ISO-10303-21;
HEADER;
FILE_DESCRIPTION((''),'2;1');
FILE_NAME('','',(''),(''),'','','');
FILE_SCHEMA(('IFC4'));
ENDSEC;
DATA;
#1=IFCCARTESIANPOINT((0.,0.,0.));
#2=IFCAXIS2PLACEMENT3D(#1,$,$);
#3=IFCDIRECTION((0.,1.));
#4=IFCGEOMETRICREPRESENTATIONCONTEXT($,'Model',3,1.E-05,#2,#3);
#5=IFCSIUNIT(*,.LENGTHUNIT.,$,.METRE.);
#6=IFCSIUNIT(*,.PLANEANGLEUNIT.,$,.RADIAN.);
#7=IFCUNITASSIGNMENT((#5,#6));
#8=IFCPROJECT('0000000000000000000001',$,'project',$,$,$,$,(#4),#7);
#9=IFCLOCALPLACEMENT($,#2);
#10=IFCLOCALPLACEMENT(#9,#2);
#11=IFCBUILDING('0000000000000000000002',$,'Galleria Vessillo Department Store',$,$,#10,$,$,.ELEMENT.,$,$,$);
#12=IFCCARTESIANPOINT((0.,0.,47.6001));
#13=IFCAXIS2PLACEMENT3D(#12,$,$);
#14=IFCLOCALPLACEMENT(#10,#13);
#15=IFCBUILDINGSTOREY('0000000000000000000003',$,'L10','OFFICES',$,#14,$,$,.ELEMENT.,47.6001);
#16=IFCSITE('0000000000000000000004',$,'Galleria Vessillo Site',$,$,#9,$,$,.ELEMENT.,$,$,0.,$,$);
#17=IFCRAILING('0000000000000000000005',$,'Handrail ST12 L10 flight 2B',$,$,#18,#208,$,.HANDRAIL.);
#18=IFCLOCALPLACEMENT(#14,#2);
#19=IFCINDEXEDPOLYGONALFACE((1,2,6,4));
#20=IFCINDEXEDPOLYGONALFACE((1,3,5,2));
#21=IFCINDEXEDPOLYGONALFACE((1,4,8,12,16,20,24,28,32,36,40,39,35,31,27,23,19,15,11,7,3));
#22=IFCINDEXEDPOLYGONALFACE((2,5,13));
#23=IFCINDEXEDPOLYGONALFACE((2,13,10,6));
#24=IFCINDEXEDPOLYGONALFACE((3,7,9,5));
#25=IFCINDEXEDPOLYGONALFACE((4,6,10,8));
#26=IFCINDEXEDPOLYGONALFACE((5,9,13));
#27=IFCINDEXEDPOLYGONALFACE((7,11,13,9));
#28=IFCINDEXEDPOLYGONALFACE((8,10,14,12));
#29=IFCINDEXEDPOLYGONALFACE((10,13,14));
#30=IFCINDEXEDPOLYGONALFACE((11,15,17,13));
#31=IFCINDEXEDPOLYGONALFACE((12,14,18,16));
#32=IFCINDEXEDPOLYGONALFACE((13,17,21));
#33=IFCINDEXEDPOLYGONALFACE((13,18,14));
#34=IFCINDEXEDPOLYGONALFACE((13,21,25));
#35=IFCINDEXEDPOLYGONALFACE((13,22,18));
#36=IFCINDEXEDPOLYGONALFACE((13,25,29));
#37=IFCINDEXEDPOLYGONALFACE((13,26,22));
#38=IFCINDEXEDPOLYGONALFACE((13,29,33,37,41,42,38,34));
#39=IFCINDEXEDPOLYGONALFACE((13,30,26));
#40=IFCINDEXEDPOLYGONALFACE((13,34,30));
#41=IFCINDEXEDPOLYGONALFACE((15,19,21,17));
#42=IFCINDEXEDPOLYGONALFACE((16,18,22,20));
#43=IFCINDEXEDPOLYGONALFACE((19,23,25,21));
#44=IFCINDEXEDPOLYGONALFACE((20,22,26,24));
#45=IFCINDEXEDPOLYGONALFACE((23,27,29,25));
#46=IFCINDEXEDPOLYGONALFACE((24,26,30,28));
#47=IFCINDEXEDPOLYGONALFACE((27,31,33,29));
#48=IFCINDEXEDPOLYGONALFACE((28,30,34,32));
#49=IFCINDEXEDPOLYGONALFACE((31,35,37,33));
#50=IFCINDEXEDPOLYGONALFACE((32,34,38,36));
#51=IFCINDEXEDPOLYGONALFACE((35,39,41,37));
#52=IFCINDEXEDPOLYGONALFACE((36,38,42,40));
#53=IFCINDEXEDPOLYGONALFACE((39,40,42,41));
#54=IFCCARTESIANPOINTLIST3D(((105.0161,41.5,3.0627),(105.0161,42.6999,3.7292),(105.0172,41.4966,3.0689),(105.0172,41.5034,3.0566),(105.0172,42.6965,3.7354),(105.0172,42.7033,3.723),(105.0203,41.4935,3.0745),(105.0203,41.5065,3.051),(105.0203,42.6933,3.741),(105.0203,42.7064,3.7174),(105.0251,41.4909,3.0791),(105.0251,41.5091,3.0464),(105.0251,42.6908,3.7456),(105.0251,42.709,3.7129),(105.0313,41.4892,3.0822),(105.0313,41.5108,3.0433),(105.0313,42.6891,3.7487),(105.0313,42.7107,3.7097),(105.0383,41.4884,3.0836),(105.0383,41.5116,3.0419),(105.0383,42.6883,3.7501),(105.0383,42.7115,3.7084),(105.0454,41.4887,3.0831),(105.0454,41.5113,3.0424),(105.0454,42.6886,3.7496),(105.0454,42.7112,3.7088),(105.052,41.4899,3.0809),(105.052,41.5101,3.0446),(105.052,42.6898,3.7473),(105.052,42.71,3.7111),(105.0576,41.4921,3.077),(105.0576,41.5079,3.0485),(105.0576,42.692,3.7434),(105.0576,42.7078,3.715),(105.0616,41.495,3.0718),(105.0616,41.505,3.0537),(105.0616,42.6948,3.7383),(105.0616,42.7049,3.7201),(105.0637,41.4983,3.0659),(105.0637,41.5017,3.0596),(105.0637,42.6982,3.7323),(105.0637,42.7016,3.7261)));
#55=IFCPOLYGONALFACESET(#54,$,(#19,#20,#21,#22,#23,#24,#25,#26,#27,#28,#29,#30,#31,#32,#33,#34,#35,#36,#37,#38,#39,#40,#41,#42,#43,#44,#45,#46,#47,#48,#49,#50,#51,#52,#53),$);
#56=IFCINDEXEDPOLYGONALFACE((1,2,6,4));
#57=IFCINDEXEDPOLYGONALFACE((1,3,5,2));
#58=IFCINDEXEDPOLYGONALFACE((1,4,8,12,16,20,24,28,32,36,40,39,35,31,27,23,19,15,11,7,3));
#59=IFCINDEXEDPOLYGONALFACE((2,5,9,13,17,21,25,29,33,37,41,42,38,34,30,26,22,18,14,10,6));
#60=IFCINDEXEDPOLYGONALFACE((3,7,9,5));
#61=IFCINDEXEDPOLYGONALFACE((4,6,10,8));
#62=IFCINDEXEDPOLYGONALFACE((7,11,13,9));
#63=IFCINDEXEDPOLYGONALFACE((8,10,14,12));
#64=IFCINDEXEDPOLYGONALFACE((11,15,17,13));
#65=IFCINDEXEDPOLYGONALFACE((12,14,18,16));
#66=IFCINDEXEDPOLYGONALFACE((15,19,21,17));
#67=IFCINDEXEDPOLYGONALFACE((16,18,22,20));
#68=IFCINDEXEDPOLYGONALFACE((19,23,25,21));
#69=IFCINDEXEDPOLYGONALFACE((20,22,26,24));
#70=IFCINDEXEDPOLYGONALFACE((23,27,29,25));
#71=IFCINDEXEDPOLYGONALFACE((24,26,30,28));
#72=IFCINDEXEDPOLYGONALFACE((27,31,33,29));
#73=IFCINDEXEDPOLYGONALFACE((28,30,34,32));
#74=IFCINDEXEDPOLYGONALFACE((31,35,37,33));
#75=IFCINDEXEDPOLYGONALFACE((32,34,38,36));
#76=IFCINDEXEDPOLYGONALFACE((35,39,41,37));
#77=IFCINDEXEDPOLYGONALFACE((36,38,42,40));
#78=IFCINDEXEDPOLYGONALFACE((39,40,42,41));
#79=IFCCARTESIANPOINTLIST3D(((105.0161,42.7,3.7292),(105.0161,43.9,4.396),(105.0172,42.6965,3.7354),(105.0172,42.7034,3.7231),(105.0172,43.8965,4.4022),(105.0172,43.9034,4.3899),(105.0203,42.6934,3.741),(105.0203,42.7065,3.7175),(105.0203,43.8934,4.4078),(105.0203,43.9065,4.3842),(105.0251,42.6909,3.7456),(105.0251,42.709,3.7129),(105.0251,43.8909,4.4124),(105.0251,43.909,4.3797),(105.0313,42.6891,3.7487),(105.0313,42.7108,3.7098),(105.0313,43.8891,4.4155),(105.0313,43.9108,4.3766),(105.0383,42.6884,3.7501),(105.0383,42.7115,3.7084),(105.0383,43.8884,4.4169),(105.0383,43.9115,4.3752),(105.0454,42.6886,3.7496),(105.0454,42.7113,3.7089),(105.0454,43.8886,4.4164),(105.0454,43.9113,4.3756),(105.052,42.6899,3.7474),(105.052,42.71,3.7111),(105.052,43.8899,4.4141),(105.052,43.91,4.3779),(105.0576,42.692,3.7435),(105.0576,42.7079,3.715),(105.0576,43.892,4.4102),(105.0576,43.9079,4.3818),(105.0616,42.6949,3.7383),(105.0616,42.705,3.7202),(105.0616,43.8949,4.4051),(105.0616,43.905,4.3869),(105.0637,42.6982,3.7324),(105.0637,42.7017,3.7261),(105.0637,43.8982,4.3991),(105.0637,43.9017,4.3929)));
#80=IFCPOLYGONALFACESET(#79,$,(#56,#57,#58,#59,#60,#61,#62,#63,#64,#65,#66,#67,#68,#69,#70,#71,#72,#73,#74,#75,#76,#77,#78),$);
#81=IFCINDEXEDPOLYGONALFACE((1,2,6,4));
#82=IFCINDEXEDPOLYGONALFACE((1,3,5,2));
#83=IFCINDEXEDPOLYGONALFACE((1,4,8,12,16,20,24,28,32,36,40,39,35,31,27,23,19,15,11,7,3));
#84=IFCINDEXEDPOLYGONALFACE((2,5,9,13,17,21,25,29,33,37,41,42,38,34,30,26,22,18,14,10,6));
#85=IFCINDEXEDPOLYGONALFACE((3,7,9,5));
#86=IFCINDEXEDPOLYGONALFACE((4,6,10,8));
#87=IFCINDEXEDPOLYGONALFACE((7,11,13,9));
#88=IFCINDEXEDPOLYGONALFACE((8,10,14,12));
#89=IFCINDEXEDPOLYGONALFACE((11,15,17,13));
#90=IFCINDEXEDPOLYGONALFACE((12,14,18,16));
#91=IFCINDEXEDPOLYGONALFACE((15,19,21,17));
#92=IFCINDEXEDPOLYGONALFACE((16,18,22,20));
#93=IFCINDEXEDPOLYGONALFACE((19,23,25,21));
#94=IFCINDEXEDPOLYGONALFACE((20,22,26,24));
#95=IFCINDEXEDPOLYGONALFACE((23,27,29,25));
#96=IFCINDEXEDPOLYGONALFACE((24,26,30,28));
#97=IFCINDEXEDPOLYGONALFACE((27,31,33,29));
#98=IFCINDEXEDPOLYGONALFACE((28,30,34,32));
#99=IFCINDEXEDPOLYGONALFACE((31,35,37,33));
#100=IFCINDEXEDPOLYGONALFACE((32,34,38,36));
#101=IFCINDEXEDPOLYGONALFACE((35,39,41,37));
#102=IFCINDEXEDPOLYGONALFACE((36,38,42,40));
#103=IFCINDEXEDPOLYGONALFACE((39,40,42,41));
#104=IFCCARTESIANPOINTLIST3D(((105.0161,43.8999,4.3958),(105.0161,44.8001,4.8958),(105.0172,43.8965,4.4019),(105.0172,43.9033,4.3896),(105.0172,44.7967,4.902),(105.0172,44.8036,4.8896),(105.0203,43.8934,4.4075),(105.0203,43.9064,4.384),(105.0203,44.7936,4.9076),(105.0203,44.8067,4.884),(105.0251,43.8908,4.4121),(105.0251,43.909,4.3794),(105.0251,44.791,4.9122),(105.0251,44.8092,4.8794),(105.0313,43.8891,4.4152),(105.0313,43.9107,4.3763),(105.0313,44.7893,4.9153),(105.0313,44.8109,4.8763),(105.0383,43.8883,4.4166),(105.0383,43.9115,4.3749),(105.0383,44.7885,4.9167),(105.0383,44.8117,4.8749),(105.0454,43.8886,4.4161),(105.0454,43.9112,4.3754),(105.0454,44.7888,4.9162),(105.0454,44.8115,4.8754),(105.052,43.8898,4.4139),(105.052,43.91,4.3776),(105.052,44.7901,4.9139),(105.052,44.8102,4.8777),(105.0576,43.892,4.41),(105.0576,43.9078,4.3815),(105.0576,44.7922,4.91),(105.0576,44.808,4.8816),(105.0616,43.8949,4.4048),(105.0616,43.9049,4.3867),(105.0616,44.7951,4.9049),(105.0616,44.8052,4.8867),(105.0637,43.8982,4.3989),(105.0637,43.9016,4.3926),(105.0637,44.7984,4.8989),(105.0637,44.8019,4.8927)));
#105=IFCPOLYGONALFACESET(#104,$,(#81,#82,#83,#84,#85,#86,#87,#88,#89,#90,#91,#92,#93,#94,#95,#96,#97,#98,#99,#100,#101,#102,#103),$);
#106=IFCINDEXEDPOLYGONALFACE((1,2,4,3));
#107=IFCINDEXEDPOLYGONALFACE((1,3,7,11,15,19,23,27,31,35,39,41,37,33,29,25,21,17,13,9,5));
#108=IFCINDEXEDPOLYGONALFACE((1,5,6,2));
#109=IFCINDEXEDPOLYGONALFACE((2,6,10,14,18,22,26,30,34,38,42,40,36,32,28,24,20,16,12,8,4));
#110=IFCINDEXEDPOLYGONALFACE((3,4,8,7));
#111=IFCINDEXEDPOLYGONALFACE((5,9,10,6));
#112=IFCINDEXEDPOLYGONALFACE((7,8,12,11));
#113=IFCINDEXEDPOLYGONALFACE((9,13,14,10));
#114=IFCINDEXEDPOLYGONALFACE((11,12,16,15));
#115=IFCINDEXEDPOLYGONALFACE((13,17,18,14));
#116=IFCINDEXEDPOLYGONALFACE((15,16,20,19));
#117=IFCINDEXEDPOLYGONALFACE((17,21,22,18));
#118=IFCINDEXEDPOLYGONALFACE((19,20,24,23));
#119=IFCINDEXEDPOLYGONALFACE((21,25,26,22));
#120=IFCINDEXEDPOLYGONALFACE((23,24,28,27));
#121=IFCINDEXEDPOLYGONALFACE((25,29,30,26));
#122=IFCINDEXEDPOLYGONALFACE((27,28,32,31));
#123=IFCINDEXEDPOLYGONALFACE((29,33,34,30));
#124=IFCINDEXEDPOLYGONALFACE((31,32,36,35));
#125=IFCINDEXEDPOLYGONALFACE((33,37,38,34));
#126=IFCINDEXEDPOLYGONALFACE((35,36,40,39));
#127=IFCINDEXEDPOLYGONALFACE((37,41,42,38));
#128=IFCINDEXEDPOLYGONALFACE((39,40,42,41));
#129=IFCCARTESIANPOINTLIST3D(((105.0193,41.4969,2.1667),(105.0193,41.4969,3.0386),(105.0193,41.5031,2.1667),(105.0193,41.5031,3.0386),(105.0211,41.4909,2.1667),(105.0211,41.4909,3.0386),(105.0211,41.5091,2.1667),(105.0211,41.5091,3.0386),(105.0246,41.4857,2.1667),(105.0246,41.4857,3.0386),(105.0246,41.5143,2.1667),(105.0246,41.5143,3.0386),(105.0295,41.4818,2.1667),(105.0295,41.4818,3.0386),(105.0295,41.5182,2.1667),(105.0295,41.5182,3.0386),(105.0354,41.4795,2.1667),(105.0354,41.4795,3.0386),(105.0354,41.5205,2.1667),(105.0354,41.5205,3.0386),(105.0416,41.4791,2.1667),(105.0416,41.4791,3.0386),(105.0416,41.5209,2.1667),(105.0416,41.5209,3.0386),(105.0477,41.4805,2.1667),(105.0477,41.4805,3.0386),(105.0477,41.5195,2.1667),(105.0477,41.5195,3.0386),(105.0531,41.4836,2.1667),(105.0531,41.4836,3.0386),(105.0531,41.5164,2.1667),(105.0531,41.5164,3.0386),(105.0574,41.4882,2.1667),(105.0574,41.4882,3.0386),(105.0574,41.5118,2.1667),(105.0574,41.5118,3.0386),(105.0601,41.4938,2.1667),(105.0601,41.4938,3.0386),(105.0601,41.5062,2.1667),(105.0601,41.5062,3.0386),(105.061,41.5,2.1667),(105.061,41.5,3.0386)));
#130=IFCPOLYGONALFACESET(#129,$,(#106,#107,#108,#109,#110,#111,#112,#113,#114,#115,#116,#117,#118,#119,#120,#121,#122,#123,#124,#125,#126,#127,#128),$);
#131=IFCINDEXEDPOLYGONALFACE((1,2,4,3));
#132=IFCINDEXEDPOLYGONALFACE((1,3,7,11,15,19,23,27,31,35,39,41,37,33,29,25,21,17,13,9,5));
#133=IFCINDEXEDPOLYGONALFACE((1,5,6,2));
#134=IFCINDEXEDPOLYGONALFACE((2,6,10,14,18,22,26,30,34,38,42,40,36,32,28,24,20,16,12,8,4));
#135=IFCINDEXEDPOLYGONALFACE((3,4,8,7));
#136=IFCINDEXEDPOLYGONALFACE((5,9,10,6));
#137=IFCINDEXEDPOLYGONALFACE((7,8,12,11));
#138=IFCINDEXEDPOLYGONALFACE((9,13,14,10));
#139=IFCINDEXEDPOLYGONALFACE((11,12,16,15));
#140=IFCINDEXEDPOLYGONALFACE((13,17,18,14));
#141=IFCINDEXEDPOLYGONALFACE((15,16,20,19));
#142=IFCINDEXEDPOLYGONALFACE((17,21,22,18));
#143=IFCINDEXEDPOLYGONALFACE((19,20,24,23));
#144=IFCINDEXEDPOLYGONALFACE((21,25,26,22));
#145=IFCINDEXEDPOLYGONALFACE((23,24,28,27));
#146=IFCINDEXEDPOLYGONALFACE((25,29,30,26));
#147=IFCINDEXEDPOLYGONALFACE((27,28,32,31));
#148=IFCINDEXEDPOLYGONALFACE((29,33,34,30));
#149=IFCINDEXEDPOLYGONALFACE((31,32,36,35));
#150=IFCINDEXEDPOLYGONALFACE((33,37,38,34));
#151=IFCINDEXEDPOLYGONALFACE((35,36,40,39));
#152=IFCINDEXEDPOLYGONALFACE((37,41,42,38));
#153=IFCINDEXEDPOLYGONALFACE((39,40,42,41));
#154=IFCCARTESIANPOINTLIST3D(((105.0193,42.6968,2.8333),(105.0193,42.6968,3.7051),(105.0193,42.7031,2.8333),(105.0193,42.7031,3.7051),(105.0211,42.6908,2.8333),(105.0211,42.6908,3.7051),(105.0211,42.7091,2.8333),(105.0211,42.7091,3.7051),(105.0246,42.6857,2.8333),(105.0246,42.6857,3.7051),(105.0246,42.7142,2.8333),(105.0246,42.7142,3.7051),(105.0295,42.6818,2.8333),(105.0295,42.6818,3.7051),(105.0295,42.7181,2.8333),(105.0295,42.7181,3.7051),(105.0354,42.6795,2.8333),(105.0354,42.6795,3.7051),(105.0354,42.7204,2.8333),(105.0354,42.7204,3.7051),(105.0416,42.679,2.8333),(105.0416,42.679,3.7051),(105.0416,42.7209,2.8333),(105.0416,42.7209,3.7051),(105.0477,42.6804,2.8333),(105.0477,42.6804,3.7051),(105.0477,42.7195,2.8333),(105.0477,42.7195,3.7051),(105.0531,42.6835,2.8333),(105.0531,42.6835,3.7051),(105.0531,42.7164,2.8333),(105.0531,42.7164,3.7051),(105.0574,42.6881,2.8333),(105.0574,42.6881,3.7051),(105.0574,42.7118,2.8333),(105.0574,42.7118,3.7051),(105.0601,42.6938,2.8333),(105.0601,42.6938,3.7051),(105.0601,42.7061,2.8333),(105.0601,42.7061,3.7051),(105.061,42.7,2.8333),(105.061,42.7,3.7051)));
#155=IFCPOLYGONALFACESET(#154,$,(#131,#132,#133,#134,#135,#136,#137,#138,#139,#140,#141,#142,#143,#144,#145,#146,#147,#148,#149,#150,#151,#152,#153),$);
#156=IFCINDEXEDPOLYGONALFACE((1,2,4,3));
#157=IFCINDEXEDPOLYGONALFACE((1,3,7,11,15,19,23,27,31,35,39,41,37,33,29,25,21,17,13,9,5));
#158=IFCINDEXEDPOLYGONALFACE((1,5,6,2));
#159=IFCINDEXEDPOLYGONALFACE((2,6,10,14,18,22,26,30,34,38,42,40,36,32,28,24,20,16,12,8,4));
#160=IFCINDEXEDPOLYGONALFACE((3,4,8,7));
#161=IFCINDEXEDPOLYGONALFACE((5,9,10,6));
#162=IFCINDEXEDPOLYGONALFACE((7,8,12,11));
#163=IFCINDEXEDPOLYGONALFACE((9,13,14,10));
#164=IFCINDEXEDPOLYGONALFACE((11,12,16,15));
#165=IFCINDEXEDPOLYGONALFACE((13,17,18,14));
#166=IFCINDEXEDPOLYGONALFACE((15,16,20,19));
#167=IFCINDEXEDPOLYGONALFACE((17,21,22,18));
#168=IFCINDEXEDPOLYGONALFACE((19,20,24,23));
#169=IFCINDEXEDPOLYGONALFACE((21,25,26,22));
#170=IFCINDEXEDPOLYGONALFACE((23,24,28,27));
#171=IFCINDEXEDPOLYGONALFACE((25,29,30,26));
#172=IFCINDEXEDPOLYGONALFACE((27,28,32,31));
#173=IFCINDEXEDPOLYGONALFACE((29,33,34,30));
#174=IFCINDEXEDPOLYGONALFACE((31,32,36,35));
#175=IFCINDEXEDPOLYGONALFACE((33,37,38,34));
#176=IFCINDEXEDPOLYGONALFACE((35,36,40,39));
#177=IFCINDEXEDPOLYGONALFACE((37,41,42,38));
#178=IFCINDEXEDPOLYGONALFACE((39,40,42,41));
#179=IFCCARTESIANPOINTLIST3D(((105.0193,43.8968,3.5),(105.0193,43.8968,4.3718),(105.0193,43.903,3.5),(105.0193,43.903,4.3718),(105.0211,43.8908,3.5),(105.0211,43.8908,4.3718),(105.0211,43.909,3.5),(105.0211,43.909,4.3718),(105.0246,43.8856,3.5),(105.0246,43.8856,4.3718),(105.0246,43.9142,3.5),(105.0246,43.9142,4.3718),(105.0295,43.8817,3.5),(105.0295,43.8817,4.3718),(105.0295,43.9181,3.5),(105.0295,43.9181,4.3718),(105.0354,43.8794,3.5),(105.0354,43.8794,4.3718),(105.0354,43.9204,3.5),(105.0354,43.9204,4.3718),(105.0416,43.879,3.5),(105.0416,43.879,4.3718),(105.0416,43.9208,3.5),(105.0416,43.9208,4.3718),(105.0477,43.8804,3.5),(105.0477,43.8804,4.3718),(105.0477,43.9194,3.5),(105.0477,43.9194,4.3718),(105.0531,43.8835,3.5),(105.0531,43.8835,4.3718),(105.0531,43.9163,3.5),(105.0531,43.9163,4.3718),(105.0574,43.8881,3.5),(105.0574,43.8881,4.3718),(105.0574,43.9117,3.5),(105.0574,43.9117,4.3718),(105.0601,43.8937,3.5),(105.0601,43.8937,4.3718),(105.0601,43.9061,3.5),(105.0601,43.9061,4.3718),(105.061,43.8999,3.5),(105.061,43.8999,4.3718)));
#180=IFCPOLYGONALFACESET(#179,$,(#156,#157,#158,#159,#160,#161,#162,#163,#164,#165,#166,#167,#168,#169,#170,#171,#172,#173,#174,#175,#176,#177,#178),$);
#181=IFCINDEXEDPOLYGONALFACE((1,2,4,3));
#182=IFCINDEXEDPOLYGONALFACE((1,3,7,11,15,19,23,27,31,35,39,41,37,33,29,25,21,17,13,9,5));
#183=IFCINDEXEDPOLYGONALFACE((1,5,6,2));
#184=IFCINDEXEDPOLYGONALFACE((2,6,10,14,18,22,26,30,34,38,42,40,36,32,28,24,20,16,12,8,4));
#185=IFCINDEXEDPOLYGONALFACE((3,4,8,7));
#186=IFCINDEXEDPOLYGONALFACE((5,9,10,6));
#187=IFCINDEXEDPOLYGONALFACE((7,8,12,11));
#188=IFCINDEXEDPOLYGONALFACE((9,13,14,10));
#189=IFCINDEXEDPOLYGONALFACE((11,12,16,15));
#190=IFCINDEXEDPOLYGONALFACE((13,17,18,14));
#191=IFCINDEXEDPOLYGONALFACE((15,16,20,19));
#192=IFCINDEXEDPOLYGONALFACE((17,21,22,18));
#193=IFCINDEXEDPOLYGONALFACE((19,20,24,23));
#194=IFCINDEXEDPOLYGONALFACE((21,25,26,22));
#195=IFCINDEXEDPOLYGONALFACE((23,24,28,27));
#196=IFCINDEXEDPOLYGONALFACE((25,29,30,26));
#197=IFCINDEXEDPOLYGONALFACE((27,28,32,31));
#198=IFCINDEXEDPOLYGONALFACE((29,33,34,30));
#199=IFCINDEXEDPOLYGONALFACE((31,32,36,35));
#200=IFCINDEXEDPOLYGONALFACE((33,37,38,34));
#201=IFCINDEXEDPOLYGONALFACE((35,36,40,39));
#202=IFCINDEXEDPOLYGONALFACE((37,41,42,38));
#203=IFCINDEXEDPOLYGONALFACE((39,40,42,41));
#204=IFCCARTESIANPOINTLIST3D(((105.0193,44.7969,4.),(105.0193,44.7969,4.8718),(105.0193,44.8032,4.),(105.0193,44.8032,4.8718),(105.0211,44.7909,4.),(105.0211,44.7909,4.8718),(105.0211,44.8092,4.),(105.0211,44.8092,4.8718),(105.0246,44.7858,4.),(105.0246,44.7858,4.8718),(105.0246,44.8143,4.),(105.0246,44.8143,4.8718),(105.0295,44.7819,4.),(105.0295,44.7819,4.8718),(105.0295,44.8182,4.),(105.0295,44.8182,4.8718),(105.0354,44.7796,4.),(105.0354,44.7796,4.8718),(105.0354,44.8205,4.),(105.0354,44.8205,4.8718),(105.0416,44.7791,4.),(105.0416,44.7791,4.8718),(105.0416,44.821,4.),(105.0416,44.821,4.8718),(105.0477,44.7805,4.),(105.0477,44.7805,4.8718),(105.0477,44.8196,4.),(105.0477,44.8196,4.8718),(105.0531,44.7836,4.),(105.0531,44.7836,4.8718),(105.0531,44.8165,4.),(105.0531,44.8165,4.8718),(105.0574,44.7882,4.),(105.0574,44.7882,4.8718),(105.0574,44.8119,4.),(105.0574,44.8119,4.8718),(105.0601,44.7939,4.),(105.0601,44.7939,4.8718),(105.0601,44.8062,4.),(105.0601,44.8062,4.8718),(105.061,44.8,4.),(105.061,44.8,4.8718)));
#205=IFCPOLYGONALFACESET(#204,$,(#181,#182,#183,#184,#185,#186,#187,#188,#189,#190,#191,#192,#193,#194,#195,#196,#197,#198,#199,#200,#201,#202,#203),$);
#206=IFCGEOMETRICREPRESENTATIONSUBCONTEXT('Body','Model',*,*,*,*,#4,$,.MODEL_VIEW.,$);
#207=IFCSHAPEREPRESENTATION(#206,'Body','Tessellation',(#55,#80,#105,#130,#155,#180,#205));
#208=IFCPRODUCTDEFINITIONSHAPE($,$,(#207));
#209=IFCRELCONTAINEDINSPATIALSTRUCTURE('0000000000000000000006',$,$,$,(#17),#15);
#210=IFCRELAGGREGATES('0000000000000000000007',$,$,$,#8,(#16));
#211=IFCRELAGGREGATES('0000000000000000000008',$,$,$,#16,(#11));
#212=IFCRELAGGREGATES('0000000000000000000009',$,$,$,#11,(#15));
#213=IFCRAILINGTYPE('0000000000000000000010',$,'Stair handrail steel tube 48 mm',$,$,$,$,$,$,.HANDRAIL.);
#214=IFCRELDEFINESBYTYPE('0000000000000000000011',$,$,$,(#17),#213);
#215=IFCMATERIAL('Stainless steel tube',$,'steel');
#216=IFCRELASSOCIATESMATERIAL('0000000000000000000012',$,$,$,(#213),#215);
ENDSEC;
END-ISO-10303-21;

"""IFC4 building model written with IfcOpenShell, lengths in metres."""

from ifc_helpers import new_model, si_unit, direction, frame, origin, origin_2d, place, context, subcontext, project, spatial, circle, extrude, material, type_object, element, save


model = new_model("IFC4")

# Units and contexts
model_context = context("Model", 3, precision=1e-05, world=origin(), true_north=direction((0.0, 1.0)))
body_context = subcontext(model_context, "Body", "Model", "MODEL_VIEW")
ifc_project = project(units=[si_unit("LENGTHUNIT", "METRE"), si_unit("PLANEANGLEUNIT", "RADIAN")], contexts=[model_context])

# Site, building, storey
site_placement = place(None, origin())
site = spatial("IfcSite", under=ifc_project, at=site_placement, Name="Galleria Vessillo Site", CompositionType="ELEMENT", RefElevation=0.0)
building_placement = place(site_placement, origin())
building = spatial("IfcBuilding", under=site, at=building_placement, Name="Galleria Vessillo Department Store", CompositionType="ELEMENT")
storey_placement = place(building_placement, frame((0.0, 0.0, 47.6001)))
storey = spatial("IfcBuildingStorey", under=building, at=storey_placement, Name="L10", Description="OFFICES", CompositionType="ELEMENT", Elevation=47.6001)

# Railing
ifc_material_1 = material(Name="Stainless steel tube", Category="steel")
railing_type = type_object("IfcRailingType", Name="Stair handrail steel tube 48 mm", PredefinedType="HANDRAIL", material=ifc_material_1)
railing_placement = place(storey_placement, frame((105.04, 41.5, 2.1667)))
element("IfcRailing", 1, at=railing_placement, inside=storey, type_object=railing_type, Name="Handrail ST12 L10 flight 2B", PredefinedType="HANDRAIL", context=body_context, shape_type="SweptSolid", body=[
    extrude(circle(Radius=0.0239, at=origin_2d()), frame((0.0, 0.0, 0.896), z_axis=(0.0, 0.874199, 0.485567), x_axis=(-1.0, 0.0, 0.0)), (0.0, 0.0, 1.0), 1.3726),
    extrude(circle(Radius=0.0239, at=origin_2d()), frame((0.0, 1.2, 1.5625), z_axis=(0.0, 0.874124, 0.485703), x_axis=(-1.0, 0.0, 0.0)), (0.0, 0.0, 1.0), 1.3728),
    extrude(circle(Radius=0.0239, at=origin_2d()), frame((0.0, 2.3999, 2.229), z_axis=(0.0, 0.874191, 0.485583), x_axis=(-1.0, 0.0, 0.0)), (0.0, 0.0, 1.0), 1.0298),
    extrude(circle(Radius=0.021, at=origin_2d()), origin(), (0.0, 0.0, 1.0), 0.8718),
    extrude(circle(Radius=0.021, at=origin_2d()), frame((0.0, 1.2, 0.6665)), (0.0, 0.0, 1.0), 0.8718),
    extrude(circle(Radius=0.021, at=origin_2d()), frame((0.0, 2.3999, 1.3333)), (0.0, 0.0, 1.0), 0.8718),
    extrude(circle(Radius=0.021, at=origin_2d()), frame((0.0, 3.3, 1.8333)), (0.0, 0.0, 1.0), 0.8718),
])

save(model, "model.ifc")
